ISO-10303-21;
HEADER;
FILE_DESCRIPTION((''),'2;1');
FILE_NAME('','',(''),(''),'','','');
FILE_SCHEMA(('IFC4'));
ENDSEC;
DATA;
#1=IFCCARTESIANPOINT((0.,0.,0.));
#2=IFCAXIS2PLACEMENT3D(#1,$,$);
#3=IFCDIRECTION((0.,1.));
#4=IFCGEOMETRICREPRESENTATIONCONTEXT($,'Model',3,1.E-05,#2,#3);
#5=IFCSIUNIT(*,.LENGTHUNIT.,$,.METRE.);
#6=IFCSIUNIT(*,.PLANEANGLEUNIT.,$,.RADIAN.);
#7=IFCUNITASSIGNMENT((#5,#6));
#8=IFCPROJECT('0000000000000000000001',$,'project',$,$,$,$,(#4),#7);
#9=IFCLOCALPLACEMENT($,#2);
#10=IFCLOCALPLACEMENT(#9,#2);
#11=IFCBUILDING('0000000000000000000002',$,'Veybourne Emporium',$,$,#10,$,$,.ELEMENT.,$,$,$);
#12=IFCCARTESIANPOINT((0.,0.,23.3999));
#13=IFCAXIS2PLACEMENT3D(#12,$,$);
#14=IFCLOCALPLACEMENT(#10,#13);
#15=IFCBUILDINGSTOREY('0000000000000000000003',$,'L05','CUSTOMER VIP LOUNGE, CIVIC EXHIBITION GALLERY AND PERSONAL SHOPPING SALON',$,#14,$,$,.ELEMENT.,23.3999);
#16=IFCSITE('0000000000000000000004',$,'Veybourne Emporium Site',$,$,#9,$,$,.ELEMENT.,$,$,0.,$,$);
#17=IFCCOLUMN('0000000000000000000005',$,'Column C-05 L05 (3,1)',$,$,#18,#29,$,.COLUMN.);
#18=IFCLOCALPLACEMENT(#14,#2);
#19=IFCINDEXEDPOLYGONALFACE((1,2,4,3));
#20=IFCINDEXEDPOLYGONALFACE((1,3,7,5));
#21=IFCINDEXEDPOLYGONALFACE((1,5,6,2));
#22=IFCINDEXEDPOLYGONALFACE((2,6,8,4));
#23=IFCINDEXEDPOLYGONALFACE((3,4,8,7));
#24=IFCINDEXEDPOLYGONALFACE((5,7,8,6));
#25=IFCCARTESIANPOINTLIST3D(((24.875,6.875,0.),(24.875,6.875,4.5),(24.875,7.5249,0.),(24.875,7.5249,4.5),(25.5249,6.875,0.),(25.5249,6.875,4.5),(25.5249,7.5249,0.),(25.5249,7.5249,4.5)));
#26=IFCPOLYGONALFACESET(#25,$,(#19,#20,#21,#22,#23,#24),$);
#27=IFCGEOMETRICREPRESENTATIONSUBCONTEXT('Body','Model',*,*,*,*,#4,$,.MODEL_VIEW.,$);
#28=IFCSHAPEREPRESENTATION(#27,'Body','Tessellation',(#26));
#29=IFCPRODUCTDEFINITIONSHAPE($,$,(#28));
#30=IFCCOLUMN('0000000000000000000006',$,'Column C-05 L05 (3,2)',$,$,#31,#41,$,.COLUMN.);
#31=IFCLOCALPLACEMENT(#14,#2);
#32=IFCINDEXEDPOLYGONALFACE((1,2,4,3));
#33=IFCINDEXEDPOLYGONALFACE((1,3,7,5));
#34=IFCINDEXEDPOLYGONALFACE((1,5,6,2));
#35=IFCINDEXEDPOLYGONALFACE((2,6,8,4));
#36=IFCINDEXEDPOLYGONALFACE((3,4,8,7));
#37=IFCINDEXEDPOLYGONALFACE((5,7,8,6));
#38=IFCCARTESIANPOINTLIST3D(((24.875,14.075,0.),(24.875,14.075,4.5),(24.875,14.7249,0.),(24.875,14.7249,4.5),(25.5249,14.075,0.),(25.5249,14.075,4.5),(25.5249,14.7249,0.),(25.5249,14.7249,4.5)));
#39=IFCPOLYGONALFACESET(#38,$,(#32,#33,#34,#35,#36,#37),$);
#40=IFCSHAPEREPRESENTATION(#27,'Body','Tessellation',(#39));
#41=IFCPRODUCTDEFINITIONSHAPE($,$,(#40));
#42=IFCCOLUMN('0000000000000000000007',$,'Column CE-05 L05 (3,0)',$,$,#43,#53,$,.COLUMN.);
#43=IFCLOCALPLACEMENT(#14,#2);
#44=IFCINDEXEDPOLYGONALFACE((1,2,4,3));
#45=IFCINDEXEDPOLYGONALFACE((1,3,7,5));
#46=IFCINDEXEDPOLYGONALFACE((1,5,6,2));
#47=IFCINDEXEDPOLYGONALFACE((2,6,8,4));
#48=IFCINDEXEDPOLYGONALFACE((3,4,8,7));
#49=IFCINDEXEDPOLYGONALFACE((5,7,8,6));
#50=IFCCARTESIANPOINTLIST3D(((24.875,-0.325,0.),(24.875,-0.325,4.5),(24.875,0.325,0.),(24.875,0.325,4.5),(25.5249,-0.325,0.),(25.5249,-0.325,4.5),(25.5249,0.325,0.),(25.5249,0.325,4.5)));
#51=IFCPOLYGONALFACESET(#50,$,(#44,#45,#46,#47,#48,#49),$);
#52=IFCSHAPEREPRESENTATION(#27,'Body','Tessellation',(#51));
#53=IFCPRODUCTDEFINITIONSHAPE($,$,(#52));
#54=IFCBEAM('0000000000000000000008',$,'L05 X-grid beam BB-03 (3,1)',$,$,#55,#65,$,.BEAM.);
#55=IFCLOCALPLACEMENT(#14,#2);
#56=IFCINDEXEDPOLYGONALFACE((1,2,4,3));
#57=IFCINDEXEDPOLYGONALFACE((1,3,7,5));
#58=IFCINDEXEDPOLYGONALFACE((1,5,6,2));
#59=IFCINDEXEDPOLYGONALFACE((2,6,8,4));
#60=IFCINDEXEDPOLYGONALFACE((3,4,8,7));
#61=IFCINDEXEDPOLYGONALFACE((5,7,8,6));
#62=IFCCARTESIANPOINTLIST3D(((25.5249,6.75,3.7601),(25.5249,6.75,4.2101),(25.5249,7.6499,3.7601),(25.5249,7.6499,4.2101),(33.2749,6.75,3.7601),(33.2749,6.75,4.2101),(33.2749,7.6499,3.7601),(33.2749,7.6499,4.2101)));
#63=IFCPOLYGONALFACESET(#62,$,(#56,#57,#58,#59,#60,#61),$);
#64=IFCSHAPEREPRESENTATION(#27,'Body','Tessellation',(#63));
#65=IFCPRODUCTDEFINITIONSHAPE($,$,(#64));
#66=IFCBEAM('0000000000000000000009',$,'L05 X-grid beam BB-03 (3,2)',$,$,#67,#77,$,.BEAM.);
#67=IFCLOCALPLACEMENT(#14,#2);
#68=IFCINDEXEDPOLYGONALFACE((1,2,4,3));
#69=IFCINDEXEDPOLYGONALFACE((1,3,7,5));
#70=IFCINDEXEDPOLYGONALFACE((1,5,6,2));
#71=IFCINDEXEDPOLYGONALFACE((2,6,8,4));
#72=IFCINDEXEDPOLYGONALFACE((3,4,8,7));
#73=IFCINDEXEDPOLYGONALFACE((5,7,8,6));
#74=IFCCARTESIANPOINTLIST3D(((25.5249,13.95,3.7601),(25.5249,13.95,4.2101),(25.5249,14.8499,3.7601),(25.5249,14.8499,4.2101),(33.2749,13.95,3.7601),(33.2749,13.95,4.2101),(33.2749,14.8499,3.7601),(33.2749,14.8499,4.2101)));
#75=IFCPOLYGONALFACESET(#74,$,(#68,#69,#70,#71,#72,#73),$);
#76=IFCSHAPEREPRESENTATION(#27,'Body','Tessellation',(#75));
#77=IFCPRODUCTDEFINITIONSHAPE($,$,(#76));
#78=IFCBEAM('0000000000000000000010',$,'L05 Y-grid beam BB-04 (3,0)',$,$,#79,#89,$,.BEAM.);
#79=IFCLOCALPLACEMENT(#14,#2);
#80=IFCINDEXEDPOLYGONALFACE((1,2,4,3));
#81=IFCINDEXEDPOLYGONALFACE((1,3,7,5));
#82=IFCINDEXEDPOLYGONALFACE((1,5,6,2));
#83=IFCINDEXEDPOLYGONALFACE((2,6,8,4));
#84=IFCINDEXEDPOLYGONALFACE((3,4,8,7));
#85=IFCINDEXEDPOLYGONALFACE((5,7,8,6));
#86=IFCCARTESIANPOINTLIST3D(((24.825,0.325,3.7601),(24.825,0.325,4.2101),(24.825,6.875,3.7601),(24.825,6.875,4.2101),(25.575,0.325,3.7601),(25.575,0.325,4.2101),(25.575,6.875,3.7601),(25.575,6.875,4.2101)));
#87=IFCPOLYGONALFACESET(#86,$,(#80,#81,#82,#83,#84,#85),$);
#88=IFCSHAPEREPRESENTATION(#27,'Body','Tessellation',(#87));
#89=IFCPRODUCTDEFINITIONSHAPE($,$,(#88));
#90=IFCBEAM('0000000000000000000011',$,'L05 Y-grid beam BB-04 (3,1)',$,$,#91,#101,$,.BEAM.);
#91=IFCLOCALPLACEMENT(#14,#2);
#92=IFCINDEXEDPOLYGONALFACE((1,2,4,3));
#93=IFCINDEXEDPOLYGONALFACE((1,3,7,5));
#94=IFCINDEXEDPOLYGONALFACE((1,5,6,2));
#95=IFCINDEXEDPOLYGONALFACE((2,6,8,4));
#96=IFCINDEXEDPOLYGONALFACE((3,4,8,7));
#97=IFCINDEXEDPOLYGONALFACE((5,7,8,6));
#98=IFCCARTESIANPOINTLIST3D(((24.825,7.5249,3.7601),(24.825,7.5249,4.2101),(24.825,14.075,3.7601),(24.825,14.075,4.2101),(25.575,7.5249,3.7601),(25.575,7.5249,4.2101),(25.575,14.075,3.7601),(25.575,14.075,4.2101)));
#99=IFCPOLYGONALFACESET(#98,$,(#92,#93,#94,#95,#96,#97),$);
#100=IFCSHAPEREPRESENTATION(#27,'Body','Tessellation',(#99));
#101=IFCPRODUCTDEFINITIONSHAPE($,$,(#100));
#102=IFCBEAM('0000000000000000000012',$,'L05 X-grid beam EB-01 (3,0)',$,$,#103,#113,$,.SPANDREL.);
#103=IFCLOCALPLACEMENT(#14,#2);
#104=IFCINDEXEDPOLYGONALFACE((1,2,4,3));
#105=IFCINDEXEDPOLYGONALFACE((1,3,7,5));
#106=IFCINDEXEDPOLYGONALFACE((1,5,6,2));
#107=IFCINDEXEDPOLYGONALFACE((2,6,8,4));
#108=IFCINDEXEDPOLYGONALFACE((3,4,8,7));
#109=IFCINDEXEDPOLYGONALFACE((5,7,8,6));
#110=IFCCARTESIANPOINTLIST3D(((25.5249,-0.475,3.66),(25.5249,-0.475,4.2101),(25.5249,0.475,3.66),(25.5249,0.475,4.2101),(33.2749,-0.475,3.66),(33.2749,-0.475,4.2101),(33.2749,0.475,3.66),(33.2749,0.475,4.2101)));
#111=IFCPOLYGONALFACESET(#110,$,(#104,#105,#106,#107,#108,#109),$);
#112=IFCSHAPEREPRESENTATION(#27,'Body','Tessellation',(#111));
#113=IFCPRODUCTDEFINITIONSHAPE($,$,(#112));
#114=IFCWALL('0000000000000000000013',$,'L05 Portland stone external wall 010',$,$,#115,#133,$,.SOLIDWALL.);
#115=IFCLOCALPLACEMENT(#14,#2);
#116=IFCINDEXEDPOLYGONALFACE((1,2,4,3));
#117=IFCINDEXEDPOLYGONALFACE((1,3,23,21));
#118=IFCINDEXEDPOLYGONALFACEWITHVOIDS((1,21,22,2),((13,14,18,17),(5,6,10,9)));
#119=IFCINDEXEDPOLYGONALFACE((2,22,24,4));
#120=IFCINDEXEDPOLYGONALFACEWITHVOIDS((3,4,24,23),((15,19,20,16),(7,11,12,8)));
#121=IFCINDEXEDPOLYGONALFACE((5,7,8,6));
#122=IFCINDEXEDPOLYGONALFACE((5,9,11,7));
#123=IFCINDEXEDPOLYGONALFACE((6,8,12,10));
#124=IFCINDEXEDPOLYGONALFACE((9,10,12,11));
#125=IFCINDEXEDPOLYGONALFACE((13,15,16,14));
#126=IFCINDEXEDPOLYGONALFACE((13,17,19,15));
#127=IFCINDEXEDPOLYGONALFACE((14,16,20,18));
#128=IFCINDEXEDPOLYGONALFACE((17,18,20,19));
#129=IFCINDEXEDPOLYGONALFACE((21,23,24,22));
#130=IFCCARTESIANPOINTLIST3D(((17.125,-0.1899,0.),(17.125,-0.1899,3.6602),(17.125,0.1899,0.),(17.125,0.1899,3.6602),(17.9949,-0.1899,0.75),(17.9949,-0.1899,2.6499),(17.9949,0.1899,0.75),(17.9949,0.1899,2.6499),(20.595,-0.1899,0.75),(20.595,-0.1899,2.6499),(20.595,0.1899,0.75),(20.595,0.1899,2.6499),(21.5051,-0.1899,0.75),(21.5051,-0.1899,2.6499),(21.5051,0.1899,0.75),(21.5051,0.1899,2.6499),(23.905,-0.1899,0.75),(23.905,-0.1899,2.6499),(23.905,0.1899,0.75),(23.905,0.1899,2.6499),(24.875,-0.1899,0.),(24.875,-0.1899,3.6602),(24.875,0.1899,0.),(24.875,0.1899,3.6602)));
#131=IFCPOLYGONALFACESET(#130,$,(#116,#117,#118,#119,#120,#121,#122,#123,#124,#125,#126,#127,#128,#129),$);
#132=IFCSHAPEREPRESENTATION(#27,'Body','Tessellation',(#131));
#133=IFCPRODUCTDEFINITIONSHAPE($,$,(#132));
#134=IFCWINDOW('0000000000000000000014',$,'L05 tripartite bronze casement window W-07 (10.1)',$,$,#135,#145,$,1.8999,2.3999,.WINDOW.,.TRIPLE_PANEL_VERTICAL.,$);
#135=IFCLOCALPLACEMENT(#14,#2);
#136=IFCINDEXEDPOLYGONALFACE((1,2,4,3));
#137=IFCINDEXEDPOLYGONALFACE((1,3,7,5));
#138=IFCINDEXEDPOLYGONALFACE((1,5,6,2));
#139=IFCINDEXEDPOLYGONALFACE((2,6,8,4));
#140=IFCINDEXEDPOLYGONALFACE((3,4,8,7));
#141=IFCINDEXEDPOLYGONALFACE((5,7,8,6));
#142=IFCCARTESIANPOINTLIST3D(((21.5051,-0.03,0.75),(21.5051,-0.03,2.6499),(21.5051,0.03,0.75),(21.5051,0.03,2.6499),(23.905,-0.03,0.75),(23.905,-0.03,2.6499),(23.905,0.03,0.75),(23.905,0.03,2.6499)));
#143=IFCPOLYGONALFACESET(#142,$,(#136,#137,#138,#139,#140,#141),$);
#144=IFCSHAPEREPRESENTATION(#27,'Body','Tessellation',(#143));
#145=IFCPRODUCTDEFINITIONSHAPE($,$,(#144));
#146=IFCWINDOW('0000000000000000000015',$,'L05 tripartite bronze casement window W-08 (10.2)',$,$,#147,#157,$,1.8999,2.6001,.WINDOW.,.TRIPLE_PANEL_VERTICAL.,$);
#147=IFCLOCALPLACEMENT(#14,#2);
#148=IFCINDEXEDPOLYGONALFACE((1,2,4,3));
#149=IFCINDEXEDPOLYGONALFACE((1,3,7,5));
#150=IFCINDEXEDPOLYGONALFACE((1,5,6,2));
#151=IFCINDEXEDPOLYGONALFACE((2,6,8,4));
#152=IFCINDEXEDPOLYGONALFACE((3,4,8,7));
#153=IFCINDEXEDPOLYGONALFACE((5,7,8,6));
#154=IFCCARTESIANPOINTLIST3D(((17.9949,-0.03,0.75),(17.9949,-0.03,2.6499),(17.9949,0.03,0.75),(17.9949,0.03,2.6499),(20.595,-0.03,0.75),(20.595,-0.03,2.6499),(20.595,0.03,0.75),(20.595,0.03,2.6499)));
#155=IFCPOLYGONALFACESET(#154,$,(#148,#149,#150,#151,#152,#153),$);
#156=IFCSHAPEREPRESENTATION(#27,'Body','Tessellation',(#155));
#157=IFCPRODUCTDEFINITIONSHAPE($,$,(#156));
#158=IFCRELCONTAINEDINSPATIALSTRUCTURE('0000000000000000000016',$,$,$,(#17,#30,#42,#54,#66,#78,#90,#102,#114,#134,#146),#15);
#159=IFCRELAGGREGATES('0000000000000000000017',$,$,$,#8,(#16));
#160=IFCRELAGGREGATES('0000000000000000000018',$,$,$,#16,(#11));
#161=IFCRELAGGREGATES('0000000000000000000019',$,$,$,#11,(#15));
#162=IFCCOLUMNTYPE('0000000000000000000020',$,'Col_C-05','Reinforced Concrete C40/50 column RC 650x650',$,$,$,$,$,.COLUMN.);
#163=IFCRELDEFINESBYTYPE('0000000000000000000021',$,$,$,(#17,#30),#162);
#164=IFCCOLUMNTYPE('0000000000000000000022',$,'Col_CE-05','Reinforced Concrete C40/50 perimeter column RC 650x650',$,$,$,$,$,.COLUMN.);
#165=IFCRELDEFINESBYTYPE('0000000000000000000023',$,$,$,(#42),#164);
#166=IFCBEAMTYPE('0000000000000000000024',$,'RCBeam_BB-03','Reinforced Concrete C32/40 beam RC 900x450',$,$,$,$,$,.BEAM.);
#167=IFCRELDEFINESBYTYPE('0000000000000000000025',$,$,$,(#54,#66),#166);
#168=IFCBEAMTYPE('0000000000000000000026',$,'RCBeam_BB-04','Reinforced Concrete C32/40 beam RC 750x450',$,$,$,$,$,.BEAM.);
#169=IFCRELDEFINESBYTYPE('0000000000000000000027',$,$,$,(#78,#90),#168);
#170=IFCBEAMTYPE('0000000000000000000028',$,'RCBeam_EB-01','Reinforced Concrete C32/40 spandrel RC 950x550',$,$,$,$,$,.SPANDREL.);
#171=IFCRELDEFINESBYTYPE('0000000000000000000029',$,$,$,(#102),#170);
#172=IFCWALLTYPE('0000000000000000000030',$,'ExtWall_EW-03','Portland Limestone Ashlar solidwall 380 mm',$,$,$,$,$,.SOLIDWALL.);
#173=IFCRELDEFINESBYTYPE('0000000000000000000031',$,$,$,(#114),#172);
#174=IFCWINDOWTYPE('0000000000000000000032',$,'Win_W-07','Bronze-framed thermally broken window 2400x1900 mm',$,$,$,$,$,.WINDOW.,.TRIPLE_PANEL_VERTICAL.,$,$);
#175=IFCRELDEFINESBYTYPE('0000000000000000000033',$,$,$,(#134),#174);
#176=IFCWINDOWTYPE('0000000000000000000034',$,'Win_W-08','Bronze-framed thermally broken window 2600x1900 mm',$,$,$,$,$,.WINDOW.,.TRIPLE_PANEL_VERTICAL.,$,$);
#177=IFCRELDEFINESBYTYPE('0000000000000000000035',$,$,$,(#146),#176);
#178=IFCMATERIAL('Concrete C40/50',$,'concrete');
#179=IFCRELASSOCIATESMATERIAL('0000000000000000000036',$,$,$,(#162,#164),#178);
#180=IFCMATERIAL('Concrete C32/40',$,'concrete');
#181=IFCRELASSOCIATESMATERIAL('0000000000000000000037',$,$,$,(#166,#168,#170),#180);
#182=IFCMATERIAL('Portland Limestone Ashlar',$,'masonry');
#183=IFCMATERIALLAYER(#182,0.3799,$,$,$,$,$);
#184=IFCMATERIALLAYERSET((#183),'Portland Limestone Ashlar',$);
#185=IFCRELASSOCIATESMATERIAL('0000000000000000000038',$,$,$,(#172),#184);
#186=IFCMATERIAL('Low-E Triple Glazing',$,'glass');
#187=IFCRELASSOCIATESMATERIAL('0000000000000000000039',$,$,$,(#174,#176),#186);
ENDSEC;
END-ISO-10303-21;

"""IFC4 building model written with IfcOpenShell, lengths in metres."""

from ifc_helpers import new_model, si_unit, direction, frame, frame_2d, origin, origin_2d, place, context, subcontext, project, spatial, rectangle, extrude, material, layer, layer_set, material_profile, profile_set, type_object, element, fill, save


model = new_model("IFC4")

# Units and contexts
model_context = context("Model", 3, precision=1e-05, world=origin(), true_north=direction((0.0, 1.0)))
body_context = subcontext(model_context, "Body", "Model", "MODEL_VIEW")
ifc_project = project(units=[si_unit("LENGTHUNIT", "METRE"), si_unit("PLANEANGLEUNIT", "RADIAN")], contexts=[model_context])

# Site, building, storey
site_placement = place(None, origin())
site = spatial("IfcSite", under=ifc_project, at=site_placement, Name="Veybourne Emporium Site", CompositionType="ELEMENT", RefElevation=0.0)
building_placement = place(site_placement, origin())
building = spatial("IfcBuilding", under=site, at=building_placement, Name="Veybourne Emporium", CompositionType="ELEMENT")
storey_placement = place(building_placement, frame((0.0, 0.0, 23.3999)))
storey = spatial("IfcBuildingStorey", under=building, at=storey_placement, Name="L05", Description="CUSTOMER VIP LOUNGE, CIVIC EXHIBITION GALLERY AND PERSONAL SHOPPING SALON", CompositionType="ELEMENT", Elevation=23.3999)

# Columns
ifc_material_1 = material(Name="Concrete C40/50", Category="concrete")
ifc_material_profile_1 = material_profile(ifc_material_1, rectangle(XDim=0.6499, YDim=0.6499, at=origin_2d()), Name="RC 650x650")
ifc_profile_set_1 = profile_set([ifc_material_profile_1], Name="Concrete C40/50")
column_type_1 = type_object("IfcColumnType", Name="Col_C-05", Description="Reinforced Concrete C40/50 column RC 650x650", PredefinedType="COLUMN", material=ifc_profile_set_1)
for number, where, z_axis, x_axis, name in (
    (1, (25.2, 7.2, 0.0), (0.0, 0.0, 1.0), (1.0, 0.0, 0.0), "Column C-05 L05 (3,1)"),
    (2, (25.2, 14.3999, 0.0), (0.0, 0.0, 1.0), (1.0, 0.0, 0.0), "Column C-05 L05 (3,2)"),
):
    element("IfcColumn", number, at=place(storey_placement, frame(where, z_axis=z_axis, x_axis=x_axis)), inside=storey, type_object=column_type_1, Name=name, PredefinedType="COLUMN", context=body_context, shape_type="SweptSolid", body=[
        extrude(rectangle(XDim=0.6499, YDim=0.6499, at=origin_2d()), origin(), (0.0, 0.0, 1.0), 4.5),
    ])
ifc_material_profile_2 = material_profile(ifc_material_1, rectangle(XDim=0.6499, YDim=0.6499, at=origin_2d()), Name="RC 650x650")
ifc_profile_set_2 = profile_set([ifc_material_profile_2], Name="Concrete C40/50")
column_type_2 = type_object("IfcColumnType", Name="Col_CE-05", Description="Reinforced Concrete C40/50 perimeter column RC 650x650", PredefinedType="COLUMN", material=ifc_profile_set_2)
column_placement = place(storey_placement, frame((25.2, 0.0, 0.0), z_axis=(0.0, 0.0, 1.0), x_axis=(1.0, 0.0, 0.0)))
element("IfcColumn", 3, at=column_placement, inside=storey, type_object=column_type_2, Name="Column CE-05 L05 (3,0)", PredefinedType="COLUMN", context=body_context, shape_type="SweptSolid", body=[
    extrude(rectangle(XDim=0.6499, YDim=0.6499, at=origin_2d()), origin(), (0.0, 0.0, 1.0), 4.5),
])

# Beams
ifc_material_2 = material(Name="Concrete C32/40", Category="concrete")
ifc_material_profile_3 = material_profile(ifc_material_2, rectangle(XDim=0.8999, YDim=0.45, at=origin_2d()), Name="RC 900x450")
ifc_profile_set_3 = profile_set([ifc_material_profile_3], Name="Concrete C32/40")
beam_type_1 = type_object("IfcBeamType", Name="RCBeam_BB-03", Description="Reinforced Concrete C32/40 beam RC 900x450", PredefinedType="BEAM", material=ifc_profile_set_3)
for number, where, z_axis, x_axis, name in (
    (4, (25.5249, 7.2, 3.9851), (1.0, 0.0, 0.0), (0.0, 1.0, 0.0), "L05 X-grid beam BB-03 (3,1)"),
    (5, (25.5249, 14.3999, 3.9851), (1.0, 0.0, 0.0), (0.0, 1.0, 0.0), "L05 X-grid beam BB-03 (3,2)"),
):
    element("IfcBeam", number, at=place(storey_placement, frame(where, z_axis=z_axis, x_axis=x_axis)), inside=storey, type_object=beam_type_1, Name=name, PredefinedType="BEAM", context=body_context, shape_type="SweptSolid", body=[
        extrude(rectangle(XDim=0.8999, YDim=0.45, at=origin_2d()), origin(), (0.0, 0.0, 1.0), 7.75),
    ])
ifc_material_profile_4 = material_profile(ifc_material_2, rectangle(XDim=0.75, YDim=0.45, at=origin_2d()), Name="RC 750x450")
ifc_profile_set_4 = profile_set([ifc_material_profile_4], Name="Concrete C32/40")
beam_type_2 = type_object("IfcBeamType", Name="RCBeam_BB-04", Description="Reinforced Concrete C32/40 beam RC 750x450", PredefinedType="BEAM", material=ifc_profile_set_4)
for number, where, z_axis, x_axis, name in (
    (6, (25.2, 0.325, 3.9851), (0.0, 1.0, 0.0), (-1.0, 0.0, 0.0), "L05 Y-grid beam BB-04 (3,0)"),
    (7, (25.2, 7.5249, 3.9851), (0.0, 1.0, 0.0), (-1.0, 0.0, 0.0), "L05 Y-grid beam BB-04 (3,1)"),
):
    element("IfcBeam", number, at=place(storey_placement, frame(where, z_axis=z_axis, x_axis=x_axis)), inside=storey, type_object=beam_type_2, Name=name, PredefinedType="BEAM", context=body_context, shape_type="SweptSolid", body=[
        extrude(rectangle(XDim=0.75, YDim=0.45, at=origin_2d()), origin(), (0.0, 0.0, 1.0), 6.55),
    ])
ifc_material_profile_5 = material_profile(ifc_material_2, rectangle(XDim=0.95, YDim=0.55, at=origin_2d()), Name="RC 950x550")
ifc_profile_set_5 = profile_set([ifc_material_profile_5], Name="Concrete C32/40")
beam_type_3 = type_object("IfcBeamType", Name="RCBeam_EB-01", Description="Reinforced Concrete C32/40 spandrel RC 950x550", PredefinedType="SPANDREL", material=ifc_profile_set_5)
beam_placement = place(storey_placement, frame((25.5249, 0.0, 3.9351), z_axis=(1.0, 0.0, 0.0), x_axis=(0.0, 1.0, 0.0)))
element("IfcBeam", 8, at=beam_placement, inside=storey, type_object=beam_type_3, Name="L05 X-grid beam EB-01 (3,0)", PredefinedType="SPANDREL", context=body_context, shape_type="SweptSolid", body=[
    extrude(rectangle(XDim=0.95, YDim=0.55, at=origin_2d()), origin(), (0.0, 0.0, 1.0), 7.75),
])

# Wall, openings, windows
ifc_material_3 = material(Name="Portland Limestone Ashlar", Category="masonry")
ifc_layer_1 = layer(ifc_material_3, 0.3799)
ifc_layer_set_1 = layer_set([ifc_layer_1], Name="Portland Limestone Ashlar")
wall_type_1 = type_object("IfcWallType", Name="ExtWall_EW-03", Description="Portland Limestone Ashlar solidwall 380 mm", PredefinedType="SOLIDWALL", material=ifc_layer_set_1)
wall_1_placement = place(storey_placement, frame((24.875, 0.0, 0.0), z_axis=(0.0, 0.0, 1.0), x_axis=(-1.0, 0.0, 0.0)))
wall_1 = element("IfcWall", 9, at=wall_1_placement, inside=storey, type_object=wall_type_1, Name="L05 Portland stone external wall 010", PredefinedType="SOLIDWALL", context=body_context, shape_type="SweptSolid", body=[
    extrude(rectangle(XDim=7.75, YDim=0.3799, at=frame_2d((3.875, 0.0))), origin(), (0.0, 0.0, 1.0), 3.6602),
])
opening_1_placement = place(wall_1_placement, frame((0.97, 0.0, 0.75)))
opening_1 = element("IfcOpeningElement", 10, at=opening_1_placement, cuts=wall_1, PredefinedType="OPENING", context=body_context, shape_type="SweptSolid", body=[
    extrude(rectangle(XDim=2.3999, YDim=1.8999, at=frame_2d((1.2, 0.95))), frame((0.0, 0.21, 0.0), z_axis=(0.0, -1.0, 0.0), x_axis=(1.0, 0.0, 0.0)), (0.0, 0.0, 1.0), 0.4199),
])
opening_2_placement = place(wall_1_placement, frame((4.28, 0.0, 0.75)))
opening_2 = element("IfcOpeningElement", 11, at=opening_2_placement, cuts=wall_1, PredefinedType="OPENING", context=body_context, shape_type="SweptSolid", body=[
    extrude(rectangle(XDim=2.6001, YDim=1.8999, at=frame_2d((1.3, 0.95))), frame((0.0, 0.21, 0.0), z_axis=(0.0, -1.0, 0.0), x_axis=(1.0, 0.0, 0.0)), (0.0, 0.0, 1.0), 0.4199),
])
ifc_material_4 = material(Name="Low-E Triple Glazing", Category="glass")
window_type_1 = type_object("IfcWindowType", Name="Win_W-07", Description="Bronze-framed thermally broken window 2400x1900 mm", PartitioningType="TRIPLE_PANEL_VERTICAL", PredefinedType="WINDOW", material=ifc_material_4)
window_1_placement = place(opening_1_placement, origin())
window_1 = element("IfcWindow", 12, at=window_1_placement, inside=storey, type_object=window_type_1, Name="L05 tripartite bronze casement window W-07 (10.1)", OverallHeight=1.8999, OverallWidth=2.3999, PartitioningType="TRIPLE_PANEL_VERTICAL", PredefinedType="WINDOW", context=body_context, shape_type="SweptSolid", body=[
    extrude(rectangle(XDim=2.3999, YDim=1.8999, at=frame_2d((1.2, 0.95))), frame((0.0, 0.03, 0.0), z_axis=(0.0, -1.0, 0.0), x_axis=(1.0, 0.0, 0.0)), (0.0, 0.0, 1.0), 0.0601),
])
fill(opening_1, window_1)
window_type_2 = type_object("IfcWindowType", Name="Win_W-08", Description="Bronze-framed thermally broken window 2600x1900 mm", PartitioningType="TRIPLE_PANEL_VERTICAL", PredefinedType="WINDOW", material=ifc_material_4)
window_2_placement = place(opening_2_placement, origin())
window_2 = element("IfcWindow", 13, at=window_2_placement, inside=storey, type_object=window_type_2, Name="L05 tripartite bronze casement window W-08 (10.2)", OverallHeight=1.8999, OverallWidth=2.6001, PartitioningType="TRIPLE_PANEL_VERTICAL", PredefinedType="WINDOW", context=body_context, shape_type="SweptSolid", body=[
    extrude(rectangle(XDim=2.6001, YDim=1.8999, at=frame_2d((1.3, 0.95))), frame((0.0, 0.03, 0.0), z_axis=(0.0, -1.0, 0.0), x_axis=(1.0, 0.0, 0.0)), (0.0, 0.0, 1.0), 0.0601),
])
fill(opening_2, window_2)

save(model, "model.ifc")
